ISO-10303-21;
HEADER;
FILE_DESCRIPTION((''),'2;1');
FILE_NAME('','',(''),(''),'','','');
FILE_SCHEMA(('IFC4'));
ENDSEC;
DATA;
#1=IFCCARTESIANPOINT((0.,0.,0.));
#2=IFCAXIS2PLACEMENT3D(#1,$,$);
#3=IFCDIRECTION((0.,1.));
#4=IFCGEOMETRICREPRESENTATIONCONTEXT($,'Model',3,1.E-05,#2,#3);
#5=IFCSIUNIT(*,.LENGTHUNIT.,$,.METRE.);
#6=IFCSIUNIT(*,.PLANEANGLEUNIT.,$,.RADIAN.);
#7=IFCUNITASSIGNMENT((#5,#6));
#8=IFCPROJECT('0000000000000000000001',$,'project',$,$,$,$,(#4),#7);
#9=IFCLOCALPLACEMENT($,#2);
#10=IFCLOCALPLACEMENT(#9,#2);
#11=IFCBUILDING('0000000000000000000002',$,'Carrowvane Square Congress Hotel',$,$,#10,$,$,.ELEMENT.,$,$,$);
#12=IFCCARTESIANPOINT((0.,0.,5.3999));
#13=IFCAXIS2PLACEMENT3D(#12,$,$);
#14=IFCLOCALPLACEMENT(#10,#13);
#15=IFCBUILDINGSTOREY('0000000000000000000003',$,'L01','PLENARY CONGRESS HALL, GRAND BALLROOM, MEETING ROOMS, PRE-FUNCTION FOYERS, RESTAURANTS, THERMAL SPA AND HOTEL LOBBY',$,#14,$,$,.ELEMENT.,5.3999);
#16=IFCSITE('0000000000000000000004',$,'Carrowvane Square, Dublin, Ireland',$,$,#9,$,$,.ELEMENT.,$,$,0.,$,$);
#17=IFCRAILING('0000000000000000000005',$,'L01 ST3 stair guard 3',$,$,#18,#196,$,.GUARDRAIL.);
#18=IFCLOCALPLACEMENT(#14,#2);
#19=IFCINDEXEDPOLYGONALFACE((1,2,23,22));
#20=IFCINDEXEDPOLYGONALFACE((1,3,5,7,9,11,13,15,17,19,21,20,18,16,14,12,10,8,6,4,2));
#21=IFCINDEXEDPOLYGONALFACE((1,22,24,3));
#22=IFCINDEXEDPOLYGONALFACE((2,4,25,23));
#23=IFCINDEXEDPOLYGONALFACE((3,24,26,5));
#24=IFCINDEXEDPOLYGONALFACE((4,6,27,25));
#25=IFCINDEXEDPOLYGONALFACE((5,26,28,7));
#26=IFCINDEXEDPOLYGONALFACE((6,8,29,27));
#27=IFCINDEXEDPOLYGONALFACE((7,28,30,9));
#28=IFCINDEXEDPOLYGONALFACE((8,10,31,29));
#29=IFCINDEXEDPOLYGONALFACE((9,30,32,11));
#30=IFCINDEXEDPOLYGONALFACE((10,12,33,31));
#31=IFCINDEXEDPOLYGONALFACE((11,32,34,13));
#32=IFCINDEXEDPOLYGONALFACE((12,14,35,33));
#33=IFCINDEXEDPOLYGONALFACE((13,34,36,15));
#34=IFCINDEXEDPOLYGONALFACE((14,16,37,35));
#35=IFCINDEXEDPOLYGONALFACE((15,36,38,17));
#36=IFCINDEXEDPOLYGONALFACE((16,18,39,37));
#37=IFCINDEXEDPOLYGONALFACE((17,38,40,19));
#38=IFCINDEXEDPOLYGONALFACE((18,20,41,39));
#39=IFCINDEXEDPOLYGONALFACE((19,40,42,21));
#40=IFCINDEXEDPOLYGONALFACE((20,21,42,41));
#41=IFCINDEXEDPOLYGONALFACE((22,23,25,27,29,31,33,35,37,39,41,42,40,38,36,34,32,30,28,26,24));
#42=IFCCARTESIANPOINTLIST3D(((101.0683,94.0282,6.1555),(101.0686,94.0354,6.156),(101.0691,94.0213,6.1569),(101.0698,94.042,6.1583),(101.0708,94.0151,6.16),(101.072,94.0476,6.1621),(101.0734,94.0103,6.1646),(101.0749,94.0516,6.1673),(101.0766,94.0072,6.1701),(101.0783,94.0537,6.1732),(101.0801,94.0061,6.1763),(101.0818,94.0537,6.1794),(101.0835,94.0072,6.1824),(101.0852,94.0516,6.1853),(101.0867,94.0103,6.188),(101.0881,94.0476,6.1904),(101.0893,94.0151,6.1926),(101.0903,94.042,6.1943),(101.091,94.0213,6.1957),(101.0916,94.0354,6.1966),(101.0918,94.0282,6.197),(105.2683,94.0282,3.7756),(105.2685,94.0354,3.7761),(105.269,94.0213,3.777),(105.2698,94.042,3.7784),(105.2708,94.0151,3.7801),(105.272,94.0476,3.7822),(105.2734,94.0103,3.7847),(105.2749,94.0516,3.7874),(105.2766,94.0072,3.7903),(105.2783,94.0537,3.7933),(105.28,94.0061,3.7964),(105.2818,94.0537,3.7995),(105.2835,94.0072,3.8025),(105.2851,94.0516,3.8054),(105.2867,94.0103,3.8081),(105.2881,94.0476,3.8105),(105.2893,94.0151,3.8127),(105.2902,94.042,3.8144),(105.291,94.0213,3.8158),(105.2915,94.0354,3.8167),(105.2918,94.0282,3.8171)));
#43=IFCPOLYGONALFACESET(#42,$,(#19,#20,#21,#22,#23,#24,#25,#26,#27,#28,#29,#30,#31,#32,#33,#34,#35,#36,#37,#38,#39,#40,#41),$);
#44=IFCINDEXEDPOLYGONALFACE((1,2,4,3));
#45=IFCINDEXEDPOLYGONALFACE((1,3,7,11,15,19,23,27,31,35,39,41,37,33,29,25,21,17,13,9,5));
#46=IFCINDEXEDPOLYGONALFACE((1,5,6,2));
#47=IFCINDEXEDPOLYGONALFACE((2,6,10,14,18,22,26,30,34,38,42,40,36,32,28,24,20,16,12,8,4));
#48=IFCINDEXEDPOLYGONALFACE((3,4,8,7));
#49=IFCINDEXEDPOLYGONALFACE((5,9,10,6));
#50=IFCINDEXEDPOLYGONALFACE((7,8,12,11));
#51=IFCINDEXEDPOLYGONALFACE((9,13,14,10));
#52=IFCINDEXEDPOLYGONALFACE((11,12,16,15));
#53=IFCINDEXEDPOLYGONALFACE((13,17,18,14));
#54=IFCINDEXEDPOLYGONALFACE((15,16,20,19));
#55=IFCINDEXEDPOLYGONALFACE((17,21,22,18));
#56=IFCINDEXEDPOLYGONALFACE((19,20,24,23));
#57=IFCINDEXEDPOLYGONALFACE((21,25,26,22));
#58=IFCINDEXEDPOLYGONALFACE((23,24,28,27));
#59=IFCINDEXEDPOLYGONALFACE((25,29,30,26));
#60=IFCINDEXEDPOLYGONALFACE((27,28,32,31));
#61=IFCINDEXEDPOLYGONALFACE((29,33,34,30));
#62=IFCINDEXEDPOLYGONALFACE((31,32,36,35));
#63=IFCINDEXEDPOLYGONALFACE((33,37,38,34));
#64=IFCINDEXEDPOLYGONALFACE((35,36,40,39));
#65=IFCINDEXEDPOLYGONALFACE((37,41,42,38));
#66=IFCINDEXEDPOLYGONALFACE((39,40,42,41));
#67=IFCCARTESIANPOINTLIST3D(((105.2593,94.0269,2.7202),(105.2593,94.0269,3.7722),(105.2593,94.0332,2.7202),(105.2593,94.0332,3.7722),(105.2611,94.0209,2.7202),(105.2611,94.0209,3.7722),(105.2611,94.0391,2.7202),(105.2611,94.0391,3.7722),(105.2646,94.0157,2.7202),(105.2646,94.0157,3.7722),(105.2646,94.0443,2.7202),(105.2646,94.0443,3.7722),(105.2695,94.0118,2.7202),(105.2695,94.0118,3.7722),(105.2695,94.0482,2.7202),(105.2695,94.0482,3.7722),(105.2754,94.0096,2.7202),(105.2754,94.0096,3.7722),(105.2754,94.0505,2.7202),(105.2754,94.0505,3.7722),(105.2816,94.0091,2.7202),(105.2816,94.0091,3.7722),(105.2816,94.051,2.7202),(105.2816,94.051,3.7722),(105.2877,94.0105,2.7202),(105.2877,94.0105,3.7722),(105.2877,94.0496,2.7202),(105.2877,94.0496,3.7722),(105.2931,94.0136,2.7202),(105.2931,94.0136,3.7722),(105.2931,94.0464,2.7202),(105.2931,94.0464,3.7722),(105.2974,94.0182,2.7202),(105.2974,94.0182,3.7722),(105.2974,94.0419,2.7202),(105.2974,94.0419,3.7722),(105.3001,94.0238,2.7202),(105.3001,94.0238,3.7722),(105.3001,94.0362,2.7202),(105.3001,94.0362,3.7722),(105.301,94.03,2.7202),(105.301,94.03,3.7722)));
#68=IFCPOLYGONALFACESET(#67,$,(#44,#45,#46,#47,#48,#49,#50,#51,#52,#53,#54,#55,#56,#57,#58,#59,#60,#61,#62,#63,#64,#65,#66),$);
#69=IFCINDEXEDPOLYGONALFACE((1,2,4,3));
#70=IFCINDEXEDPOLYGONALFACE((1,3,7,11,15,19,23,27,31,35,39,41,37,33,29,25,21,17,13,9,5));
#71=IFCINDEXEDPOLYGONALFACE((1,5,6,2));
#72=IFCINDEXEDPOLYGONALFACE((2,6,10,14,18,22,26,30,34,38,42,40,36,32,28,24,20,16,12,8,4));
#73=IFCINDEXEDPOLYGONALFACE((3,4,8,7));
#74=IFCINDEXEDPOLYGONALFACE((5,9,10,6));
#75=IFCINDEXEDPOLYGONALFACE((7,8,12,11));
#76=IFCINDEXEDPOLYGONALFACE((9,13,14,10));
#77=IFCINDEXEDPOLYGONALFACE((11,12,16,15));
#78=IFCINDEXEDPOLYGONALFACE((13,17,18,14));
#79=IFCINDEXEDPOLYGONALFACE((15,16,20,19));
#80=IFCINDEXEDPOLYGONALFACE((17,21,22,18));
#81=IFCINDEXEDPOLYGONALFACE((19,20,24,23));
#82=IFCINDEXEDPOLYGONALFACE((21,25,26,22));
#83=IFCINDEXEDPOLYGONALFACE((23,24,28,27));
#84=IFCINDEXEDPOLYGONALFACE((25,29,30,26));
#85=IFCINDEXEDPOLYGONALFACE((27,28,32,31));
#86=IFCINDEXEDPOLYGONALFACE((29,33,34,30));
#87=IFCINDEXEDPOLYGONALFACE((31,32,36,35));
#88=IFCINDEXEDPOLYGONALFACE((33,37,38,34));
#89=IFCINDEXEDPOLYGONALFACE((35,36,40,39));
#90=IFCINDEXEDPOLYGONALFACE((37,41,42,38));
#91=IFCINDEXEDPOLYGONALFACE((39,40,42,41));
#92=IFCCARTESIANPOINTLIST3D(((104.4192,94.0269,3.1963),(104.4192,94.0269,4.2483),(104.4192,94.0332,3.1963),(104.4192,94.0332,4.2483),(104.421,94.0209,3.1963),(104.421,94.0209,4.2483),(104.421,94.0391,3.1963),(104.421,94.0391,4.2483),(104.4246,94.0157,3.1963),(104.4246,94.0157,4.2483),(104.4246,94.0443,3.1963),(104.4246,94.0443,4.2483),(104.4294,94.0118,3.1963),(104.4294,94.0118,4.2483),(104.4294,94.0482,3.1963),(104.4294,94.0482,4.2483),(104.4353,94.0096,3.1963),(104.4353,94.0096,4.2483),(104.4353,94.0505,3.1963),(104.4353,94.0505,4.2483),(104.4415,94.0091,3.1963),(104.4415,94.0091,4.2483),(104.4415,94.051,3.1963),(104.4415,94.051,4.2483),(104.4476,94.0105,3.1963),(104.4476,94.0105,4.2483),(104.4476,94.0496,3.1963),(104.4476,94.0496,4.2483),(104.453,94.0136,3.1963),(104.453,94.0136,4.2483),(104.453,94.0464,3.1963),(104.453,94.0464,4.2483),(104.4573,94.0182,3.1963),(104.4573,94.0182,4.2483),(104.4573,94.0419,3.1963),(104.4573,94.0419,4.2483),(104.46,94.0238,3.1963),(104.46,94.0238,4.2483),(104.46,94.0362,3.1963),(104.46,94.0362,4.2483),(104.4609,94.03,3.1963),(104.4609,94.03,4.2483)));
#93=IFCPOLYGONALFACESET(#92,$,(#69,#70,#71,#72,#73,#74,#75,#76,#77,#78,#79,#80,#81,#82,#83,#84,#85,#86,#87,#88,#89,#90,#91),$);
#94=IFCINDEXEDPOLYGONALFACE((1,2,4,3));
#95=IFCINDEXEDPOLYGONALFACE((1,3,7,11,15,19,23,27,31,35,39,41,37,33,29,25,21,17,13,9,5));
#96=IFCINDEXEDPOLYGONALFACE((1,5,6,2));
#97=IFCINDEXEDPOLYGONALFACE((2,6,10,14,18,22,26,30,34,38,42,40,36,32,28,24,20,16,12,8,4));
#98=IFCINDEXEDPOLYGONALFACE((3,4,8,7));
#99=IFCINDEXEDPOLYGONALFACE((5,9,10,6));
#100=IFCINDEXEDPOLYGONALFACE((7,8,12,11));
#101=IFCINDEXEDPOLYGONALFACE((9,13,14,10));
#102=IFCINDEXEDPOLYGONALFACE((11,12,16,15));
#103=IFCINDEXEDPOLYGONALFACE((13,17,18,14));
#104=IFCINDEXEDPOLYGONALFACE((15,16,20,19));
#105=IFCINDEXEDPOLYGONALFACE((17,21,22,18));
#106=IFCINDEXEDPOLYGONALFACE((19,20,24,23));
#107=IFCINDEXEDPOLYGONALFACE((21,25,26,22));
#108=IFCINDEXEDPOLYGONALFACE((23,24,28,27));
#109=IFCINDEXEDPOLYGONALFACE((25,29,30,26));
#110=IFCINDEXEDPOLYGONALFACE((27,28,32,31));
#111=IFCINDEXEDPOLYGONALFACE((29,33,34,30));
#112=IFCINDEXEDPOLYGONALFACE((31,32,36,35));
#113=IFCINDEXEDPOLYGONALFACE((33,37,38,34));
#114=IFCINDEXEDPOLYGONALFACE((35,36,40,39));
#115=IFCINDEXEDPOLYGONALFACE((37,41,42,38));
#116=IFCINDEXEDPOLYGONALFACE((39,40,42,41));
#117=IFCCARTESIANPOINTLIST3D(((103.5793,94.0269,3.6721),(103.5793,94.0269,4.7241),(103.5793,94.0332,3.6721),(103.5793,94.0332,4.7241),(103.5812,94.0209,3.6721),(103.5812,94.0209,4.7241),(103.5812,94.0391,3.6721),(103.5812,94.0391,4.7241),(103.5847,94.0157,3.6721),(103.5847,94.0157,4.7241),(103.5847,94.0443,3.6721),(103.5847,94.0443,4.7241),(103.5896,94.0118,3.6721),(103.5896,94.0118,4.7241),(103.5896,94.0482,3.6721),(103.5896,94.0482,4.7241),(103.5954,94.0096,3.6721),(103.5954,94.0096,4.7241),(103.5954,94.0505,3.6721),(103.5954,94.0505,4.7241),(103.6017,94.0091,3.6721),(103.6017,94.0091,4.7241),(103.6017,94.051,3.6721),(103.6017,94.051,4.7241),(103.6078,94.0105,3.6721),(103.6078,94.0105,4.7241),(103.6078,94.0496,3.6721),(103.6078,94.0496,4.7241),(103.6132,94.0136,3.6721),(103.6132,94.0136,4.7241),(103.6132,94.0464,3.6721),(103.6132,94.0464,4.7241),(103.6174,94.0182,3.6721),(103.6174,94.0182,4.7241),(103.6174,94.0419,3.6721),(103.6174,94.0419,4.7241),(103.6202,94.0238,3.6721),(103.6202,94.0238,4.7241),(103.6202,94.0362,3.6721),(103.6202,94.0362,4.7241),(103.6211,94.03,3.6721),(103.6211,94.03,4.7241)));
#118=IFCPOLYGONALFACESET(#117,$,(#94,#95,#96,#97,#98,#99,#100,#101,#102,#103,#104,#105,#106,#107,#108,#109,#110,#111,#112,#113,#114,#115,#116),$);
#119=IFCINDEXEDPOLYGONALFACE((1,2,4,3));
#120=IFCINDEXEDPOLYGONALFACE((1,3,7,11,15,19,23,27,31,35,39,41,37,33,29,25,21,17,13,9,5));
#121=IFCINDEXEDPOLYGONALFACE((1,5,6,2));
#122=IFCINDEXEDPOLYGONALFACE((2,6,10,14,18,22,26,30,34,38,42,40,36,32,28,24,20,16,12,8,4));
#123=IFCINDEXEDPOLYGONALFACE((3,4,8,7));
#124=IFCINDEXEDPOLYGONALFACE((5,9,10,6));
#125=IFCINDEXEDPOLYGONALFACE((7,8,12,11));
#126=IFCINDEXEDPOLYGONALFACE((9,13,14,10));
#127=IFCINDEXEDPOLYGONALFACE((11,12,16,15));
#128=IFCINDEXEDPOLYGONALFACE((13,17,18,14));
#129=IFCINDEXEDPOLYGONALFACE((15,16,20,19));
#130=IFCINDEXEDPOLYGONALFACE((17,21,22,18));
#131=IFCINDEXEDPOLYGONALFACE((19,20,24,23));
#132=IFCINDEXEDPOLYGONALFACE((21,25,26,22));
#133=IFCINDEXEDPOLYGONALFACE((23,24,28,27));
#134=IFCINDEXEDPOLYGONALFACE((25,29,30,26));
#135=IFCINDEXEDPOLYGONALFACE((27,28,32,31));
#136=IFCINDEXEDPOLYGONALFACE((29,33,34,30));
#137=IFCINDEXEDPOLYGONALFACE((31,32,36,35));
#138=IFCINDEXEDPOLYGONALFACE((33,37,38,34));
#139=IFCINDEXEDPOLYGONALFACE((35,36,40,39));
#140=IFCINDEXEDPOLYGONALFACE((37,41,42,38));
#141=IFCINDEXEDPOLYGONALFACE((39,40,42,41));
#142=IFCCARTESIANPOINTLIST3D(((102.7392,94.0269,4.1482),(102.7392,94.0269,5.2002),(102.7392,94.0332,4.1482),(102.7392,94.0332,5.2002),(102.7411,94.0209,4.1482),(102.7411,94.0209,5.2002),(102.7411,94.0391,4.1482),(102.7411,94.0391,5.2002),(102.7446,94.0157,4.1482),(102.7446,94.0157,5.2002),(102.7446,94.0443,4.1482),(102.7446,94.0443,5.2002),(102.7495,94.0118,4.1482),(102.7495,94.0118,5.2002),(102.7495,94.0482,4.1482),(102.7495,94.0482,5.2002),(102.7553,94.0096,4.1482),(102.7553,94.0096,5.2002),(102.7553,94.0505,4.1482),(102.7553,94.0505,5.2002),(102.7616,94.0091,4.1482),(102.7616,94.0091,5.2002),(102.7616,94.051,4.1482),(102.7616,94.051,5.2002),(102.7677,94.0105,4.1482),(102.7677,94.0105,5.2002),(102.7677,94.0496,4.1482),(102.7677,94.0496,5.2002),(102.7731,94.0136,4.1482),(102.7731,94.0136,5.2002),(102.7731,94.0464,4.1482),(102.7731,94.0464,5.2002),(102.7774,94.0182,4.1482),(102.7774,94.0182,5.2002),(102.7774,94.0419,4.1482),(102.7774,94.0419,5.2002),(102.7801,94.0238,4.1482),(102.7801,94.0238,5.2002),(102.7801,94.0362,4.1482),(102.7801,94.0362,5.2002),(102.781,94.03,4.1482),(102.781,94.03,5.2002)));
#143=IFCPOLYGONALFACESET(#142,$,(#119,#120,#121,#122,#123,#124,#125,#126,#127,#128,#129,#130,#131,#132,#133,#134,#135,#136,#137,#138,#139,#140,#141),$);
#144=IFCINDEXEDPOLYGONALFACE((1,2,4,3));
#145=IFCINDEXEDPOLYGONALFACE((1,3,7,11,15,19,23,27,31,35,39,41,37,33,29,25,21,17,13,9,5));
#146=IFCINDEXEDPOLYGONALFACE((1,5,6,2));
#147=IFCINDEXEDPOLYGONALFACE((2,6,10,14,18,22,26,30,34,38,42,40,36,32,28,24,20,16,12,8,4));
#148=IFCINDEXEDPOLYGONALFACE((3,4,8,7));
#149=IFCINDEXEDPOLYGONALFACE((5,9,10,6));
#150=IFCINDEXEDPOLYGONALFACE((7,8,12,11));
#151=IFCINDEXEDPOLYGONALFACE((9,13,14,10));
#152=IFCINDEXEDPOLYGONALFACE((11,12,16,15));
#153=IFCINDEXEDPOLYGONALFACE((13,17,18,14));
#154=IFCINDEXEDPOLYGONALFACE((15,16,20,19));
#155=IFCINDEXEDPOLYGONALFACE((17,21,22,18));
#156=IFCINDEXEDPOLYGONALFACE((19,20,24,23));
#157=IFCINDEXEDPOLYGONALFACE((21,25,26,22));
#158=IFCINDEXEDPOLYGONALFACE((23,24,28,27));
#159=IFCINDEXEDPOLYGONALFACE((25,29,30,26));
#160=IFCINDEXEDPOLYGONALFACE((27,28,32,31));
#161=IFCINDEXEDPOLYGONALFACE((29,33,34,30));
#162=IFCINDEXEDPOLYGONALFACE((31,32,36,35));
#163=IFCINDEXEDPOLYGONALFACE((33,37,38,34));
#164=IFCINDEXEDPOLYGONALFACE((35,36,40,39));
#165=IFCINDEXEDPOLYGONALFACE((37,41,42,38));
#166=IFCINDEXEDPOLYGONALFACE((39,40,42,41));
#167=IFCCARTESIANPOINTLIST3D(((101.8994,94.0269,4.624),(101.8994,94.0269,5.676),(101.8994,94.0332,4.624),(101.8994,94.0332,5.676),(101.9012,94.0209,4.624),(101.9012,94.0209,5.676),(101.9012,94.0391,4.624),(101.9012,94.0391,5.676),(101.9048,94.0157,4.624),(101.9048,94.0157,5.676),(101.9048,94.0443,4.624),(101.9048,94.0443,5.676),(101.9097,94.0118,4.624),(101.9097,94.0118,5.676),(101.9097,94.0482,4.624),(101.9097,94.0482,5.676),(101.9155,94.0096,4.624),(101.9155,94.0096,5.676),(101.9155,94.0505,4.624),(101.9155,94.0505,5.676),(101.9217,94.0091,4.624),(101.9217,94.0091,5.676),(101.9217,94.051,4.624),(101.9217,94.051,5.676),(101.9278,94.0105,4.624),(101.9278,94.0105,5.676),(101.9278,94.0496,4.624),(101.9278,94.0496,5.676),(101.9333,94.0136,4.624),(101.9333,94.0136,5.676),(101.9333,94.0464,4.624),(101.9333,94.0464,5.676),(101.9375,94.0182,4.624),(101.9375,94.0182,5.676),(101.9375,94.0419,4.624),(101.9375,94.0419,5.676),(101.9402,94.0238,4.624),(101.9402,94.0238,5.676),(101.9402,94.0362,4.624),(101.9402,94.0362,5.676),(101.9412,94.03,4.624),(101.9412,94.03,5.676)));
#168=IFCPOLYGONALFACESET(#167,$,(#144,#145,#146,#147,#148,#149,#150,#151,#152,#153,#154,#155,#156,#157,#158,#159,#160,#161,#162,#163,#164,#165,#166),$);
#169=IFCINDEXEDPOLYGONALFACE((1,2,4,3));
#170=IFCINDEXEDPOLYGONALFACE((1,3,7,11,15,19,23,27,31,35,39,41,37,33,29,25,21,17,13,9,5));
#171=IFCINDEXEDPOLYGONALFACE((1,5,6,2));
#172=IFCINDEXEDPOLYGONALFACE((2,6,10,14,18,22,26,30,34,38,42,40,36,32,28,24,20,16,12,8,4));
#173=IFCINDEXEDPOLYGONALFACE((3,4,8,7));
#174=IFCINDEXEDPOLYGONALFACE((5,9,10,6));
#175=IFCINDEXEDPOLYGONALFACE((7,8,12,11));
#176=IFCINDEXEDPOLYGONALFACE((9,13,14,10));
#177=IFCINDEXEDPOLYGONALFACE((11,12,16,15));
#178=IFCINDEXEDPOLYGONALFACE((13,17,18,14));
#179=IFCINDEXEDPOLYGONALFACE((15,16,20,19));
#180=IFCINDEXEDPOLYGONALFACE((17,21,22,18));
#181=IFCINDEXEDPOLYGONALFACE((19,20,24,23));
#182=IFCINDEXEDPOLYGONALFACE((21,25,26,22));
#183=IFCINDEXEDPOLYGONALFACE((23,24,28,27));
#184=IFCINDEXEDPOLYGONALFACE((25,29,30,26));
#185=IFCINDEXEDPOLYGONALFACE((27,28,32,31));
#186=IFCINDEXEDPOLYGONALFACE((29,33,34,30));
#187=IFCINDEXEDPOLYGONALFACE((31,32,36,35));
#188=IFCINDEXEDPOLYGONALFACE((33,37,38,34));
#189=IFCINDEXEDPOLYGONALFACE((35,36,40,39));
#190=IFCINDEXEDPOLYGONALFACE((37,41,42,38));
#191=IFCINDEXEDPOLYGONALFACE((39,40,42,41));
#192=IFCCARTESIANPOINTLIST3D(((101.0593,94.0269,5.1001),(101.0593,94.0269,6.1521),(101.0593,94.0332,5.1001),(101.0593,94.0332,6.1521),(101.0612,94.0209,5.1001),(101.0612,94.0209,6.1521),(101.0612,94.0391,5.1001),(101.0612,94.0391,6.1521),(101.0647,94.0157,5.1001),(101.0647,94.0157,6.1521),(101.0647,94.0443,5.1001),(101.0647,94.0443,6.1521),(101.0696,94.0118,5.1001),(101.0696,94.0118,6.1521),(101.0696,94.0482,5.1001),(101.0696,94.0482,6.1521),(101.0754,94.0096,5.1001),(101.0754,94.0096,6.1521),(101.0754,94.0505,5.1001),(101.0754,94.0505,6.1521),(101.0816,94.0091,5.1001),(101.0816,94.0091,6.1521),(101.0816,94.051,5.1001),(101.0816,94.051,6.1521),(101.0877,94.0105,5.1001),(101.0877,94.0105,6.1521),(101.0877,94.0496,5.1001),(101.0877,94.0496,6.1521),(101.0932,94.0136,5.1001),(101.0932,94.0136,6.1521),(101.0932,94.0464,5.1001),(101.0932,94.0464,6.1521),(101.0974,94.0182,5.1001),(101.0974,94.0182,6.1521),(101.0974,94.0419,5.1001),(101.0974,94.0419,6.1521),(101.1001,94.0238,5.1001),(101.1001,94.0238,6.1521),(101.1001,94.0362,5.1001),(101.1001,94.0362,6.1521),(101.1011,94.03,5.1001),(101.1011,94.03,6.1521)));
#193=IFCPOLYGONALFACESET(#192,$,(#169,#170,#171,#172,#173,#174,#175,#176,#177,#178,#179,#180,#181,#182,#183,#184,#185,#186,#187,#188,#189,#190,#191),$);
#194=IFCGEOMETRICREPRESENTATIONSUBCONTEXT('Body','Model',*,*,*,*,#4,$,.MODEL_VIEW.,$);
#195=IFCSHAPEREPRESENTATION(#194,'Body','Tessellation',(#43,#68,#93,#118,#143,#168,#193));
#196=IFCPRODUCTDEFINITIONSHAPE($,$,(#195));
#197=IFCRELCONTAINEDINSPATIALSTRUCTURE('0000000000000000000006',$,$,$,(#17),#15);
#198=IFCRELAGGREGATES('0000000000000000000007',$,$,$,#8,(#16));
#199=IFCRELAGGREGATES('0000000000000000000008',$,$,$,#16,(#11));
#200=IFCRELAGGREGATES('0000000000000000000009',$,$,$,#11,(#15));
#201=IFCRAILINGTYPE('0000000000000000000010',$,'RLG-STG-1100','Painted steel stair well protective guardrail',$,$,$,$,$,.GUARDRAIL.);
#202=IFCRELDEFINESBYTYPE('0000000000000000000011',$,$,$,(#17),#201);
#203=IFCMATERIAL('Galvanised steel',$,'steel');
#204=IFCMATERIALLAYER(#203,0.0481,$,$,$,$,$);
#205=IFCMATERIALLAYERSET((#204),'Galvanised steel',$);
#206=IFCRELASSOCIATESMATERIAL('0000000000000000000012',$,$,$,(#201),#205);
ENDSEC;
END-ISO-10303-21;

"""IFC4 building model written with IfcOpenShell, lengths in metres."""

from ifc_helpers import new_model, si_unit, direction, frame, origin, origin_2d, place, context, subcontext, project, spatial, circle, extrude, material, layer, layer_set, type_object, element, save


model = new_model("IFC4")

# Units and contexts
model_context = context("Model", 3, precision=1e-05, world=origin(), true_north=direction((0.0, 1.0)))
body_context = subcontext(model_context, "Body", "Model", "MODEL_VIEW")
ifc_project = project(units=[si_unit("LENGTHUNIT", "METRE"), si_unit("PLANEANGLEUNIT", "RADIAN")], contexts=[model_context])

# Site, building, storey
site_placement = place(None, origin())
site = spatial("IfcSite", under=ifc_project, at=site_placement, Name="Carrowvane Square, Dublin, Ireland", CompositionType="ELEMENT", RefElevation=0.0)
building_placement = place(site_placement, origin())
building = spatial("IfcBuilding", under=site, at=building_placement, Name="Carrowvane Square Congress Hotel", CompositionType="ELEMENT")
storey_placement = place(building_placement, frame((0.0, 0.0, 5.3999)))
storey = spatial("IfcBuildingStorey", under=building, at=storey_placement, Name="L01", Description="PLENARY CONGRESS HALL, GRAND BALLROOM, MEETING ROOMS, PRE-FUNCTION FOYERS, RESTAURANTS, THERMAL SPA AND HOTEL LOBBY", CompositionType="ELEMENT", Elevation=5.3999)

# Railing
ifc_material_1 = material(Name="Galvanised steel", Category="steel")
ifc_layer_1 = layer(ifc_material_1, 0.0481)
ifc_layer_set_1 = layer_set([ifc_layer_1], Name="Galvanised steel")
railing_type_1 = type_object("IfcRailingType", Name="RLG-STG-1100", Description="Painted steel stair well protective guardrail", PredefinedType="GUARDRAIL", material=ifc_layer_set_1)
railing_1_placement = place(storey_placement, frame((105.28, 94.03, 2.7202)))
element("IfcRailing", 1, at=railing_1_placement, inside=storey, type_object=railing_type_1, Name="L01 ST3 stair guard 3", PredefinedType="GUARDRAIL", context=body_context, shape_type="SweptSolid", body=[
    extrude(circle(Radius=0.0239, at=origin_2d()), frame((0.0, 0.0, 1.0762), z_axis=(-0.87003, 0.0, 0.492999), x_axis=(0.0, -1.0, 0.0)), (0.0, 0.0, 1.0), 4.8274),
    extrude(circle(Radius=0.021, at=origin_2d()), origin(), (0.0, 0.0, 1.0), 1.052),
    extrude(circle(Radius=0.021, at=origin_2d()), frame((-0.8401, 0.0, 0.4761)), (0.0, 0.0, 1.0), 1.052),
    extrude(circle(Radius=0.021, at=origin_2d()), frame((-1.6799, 0.0, 0.9519)), (0.0, 0.0, 1.0), 1.052),
    extrude(circle(Radius=0.021, at=origin_2d()), frame((-2.52, 0.0, 1.428)), (0.0, 0.0, 1.0), 1.052),
    extrude(circle(Radius=0.021, at=origin_2d()), frame((-3.3599, 0.0, 1.9038)), (0.0, 0.0, 1.0), 1.052),
    extrude(circle(Radius=0.021, at=origin_2d()), frame((-4.2, 0.0, 2.3799)), (0.0, 0.0, 1.0), 1.052),
])

save(model, "model.ifc")
